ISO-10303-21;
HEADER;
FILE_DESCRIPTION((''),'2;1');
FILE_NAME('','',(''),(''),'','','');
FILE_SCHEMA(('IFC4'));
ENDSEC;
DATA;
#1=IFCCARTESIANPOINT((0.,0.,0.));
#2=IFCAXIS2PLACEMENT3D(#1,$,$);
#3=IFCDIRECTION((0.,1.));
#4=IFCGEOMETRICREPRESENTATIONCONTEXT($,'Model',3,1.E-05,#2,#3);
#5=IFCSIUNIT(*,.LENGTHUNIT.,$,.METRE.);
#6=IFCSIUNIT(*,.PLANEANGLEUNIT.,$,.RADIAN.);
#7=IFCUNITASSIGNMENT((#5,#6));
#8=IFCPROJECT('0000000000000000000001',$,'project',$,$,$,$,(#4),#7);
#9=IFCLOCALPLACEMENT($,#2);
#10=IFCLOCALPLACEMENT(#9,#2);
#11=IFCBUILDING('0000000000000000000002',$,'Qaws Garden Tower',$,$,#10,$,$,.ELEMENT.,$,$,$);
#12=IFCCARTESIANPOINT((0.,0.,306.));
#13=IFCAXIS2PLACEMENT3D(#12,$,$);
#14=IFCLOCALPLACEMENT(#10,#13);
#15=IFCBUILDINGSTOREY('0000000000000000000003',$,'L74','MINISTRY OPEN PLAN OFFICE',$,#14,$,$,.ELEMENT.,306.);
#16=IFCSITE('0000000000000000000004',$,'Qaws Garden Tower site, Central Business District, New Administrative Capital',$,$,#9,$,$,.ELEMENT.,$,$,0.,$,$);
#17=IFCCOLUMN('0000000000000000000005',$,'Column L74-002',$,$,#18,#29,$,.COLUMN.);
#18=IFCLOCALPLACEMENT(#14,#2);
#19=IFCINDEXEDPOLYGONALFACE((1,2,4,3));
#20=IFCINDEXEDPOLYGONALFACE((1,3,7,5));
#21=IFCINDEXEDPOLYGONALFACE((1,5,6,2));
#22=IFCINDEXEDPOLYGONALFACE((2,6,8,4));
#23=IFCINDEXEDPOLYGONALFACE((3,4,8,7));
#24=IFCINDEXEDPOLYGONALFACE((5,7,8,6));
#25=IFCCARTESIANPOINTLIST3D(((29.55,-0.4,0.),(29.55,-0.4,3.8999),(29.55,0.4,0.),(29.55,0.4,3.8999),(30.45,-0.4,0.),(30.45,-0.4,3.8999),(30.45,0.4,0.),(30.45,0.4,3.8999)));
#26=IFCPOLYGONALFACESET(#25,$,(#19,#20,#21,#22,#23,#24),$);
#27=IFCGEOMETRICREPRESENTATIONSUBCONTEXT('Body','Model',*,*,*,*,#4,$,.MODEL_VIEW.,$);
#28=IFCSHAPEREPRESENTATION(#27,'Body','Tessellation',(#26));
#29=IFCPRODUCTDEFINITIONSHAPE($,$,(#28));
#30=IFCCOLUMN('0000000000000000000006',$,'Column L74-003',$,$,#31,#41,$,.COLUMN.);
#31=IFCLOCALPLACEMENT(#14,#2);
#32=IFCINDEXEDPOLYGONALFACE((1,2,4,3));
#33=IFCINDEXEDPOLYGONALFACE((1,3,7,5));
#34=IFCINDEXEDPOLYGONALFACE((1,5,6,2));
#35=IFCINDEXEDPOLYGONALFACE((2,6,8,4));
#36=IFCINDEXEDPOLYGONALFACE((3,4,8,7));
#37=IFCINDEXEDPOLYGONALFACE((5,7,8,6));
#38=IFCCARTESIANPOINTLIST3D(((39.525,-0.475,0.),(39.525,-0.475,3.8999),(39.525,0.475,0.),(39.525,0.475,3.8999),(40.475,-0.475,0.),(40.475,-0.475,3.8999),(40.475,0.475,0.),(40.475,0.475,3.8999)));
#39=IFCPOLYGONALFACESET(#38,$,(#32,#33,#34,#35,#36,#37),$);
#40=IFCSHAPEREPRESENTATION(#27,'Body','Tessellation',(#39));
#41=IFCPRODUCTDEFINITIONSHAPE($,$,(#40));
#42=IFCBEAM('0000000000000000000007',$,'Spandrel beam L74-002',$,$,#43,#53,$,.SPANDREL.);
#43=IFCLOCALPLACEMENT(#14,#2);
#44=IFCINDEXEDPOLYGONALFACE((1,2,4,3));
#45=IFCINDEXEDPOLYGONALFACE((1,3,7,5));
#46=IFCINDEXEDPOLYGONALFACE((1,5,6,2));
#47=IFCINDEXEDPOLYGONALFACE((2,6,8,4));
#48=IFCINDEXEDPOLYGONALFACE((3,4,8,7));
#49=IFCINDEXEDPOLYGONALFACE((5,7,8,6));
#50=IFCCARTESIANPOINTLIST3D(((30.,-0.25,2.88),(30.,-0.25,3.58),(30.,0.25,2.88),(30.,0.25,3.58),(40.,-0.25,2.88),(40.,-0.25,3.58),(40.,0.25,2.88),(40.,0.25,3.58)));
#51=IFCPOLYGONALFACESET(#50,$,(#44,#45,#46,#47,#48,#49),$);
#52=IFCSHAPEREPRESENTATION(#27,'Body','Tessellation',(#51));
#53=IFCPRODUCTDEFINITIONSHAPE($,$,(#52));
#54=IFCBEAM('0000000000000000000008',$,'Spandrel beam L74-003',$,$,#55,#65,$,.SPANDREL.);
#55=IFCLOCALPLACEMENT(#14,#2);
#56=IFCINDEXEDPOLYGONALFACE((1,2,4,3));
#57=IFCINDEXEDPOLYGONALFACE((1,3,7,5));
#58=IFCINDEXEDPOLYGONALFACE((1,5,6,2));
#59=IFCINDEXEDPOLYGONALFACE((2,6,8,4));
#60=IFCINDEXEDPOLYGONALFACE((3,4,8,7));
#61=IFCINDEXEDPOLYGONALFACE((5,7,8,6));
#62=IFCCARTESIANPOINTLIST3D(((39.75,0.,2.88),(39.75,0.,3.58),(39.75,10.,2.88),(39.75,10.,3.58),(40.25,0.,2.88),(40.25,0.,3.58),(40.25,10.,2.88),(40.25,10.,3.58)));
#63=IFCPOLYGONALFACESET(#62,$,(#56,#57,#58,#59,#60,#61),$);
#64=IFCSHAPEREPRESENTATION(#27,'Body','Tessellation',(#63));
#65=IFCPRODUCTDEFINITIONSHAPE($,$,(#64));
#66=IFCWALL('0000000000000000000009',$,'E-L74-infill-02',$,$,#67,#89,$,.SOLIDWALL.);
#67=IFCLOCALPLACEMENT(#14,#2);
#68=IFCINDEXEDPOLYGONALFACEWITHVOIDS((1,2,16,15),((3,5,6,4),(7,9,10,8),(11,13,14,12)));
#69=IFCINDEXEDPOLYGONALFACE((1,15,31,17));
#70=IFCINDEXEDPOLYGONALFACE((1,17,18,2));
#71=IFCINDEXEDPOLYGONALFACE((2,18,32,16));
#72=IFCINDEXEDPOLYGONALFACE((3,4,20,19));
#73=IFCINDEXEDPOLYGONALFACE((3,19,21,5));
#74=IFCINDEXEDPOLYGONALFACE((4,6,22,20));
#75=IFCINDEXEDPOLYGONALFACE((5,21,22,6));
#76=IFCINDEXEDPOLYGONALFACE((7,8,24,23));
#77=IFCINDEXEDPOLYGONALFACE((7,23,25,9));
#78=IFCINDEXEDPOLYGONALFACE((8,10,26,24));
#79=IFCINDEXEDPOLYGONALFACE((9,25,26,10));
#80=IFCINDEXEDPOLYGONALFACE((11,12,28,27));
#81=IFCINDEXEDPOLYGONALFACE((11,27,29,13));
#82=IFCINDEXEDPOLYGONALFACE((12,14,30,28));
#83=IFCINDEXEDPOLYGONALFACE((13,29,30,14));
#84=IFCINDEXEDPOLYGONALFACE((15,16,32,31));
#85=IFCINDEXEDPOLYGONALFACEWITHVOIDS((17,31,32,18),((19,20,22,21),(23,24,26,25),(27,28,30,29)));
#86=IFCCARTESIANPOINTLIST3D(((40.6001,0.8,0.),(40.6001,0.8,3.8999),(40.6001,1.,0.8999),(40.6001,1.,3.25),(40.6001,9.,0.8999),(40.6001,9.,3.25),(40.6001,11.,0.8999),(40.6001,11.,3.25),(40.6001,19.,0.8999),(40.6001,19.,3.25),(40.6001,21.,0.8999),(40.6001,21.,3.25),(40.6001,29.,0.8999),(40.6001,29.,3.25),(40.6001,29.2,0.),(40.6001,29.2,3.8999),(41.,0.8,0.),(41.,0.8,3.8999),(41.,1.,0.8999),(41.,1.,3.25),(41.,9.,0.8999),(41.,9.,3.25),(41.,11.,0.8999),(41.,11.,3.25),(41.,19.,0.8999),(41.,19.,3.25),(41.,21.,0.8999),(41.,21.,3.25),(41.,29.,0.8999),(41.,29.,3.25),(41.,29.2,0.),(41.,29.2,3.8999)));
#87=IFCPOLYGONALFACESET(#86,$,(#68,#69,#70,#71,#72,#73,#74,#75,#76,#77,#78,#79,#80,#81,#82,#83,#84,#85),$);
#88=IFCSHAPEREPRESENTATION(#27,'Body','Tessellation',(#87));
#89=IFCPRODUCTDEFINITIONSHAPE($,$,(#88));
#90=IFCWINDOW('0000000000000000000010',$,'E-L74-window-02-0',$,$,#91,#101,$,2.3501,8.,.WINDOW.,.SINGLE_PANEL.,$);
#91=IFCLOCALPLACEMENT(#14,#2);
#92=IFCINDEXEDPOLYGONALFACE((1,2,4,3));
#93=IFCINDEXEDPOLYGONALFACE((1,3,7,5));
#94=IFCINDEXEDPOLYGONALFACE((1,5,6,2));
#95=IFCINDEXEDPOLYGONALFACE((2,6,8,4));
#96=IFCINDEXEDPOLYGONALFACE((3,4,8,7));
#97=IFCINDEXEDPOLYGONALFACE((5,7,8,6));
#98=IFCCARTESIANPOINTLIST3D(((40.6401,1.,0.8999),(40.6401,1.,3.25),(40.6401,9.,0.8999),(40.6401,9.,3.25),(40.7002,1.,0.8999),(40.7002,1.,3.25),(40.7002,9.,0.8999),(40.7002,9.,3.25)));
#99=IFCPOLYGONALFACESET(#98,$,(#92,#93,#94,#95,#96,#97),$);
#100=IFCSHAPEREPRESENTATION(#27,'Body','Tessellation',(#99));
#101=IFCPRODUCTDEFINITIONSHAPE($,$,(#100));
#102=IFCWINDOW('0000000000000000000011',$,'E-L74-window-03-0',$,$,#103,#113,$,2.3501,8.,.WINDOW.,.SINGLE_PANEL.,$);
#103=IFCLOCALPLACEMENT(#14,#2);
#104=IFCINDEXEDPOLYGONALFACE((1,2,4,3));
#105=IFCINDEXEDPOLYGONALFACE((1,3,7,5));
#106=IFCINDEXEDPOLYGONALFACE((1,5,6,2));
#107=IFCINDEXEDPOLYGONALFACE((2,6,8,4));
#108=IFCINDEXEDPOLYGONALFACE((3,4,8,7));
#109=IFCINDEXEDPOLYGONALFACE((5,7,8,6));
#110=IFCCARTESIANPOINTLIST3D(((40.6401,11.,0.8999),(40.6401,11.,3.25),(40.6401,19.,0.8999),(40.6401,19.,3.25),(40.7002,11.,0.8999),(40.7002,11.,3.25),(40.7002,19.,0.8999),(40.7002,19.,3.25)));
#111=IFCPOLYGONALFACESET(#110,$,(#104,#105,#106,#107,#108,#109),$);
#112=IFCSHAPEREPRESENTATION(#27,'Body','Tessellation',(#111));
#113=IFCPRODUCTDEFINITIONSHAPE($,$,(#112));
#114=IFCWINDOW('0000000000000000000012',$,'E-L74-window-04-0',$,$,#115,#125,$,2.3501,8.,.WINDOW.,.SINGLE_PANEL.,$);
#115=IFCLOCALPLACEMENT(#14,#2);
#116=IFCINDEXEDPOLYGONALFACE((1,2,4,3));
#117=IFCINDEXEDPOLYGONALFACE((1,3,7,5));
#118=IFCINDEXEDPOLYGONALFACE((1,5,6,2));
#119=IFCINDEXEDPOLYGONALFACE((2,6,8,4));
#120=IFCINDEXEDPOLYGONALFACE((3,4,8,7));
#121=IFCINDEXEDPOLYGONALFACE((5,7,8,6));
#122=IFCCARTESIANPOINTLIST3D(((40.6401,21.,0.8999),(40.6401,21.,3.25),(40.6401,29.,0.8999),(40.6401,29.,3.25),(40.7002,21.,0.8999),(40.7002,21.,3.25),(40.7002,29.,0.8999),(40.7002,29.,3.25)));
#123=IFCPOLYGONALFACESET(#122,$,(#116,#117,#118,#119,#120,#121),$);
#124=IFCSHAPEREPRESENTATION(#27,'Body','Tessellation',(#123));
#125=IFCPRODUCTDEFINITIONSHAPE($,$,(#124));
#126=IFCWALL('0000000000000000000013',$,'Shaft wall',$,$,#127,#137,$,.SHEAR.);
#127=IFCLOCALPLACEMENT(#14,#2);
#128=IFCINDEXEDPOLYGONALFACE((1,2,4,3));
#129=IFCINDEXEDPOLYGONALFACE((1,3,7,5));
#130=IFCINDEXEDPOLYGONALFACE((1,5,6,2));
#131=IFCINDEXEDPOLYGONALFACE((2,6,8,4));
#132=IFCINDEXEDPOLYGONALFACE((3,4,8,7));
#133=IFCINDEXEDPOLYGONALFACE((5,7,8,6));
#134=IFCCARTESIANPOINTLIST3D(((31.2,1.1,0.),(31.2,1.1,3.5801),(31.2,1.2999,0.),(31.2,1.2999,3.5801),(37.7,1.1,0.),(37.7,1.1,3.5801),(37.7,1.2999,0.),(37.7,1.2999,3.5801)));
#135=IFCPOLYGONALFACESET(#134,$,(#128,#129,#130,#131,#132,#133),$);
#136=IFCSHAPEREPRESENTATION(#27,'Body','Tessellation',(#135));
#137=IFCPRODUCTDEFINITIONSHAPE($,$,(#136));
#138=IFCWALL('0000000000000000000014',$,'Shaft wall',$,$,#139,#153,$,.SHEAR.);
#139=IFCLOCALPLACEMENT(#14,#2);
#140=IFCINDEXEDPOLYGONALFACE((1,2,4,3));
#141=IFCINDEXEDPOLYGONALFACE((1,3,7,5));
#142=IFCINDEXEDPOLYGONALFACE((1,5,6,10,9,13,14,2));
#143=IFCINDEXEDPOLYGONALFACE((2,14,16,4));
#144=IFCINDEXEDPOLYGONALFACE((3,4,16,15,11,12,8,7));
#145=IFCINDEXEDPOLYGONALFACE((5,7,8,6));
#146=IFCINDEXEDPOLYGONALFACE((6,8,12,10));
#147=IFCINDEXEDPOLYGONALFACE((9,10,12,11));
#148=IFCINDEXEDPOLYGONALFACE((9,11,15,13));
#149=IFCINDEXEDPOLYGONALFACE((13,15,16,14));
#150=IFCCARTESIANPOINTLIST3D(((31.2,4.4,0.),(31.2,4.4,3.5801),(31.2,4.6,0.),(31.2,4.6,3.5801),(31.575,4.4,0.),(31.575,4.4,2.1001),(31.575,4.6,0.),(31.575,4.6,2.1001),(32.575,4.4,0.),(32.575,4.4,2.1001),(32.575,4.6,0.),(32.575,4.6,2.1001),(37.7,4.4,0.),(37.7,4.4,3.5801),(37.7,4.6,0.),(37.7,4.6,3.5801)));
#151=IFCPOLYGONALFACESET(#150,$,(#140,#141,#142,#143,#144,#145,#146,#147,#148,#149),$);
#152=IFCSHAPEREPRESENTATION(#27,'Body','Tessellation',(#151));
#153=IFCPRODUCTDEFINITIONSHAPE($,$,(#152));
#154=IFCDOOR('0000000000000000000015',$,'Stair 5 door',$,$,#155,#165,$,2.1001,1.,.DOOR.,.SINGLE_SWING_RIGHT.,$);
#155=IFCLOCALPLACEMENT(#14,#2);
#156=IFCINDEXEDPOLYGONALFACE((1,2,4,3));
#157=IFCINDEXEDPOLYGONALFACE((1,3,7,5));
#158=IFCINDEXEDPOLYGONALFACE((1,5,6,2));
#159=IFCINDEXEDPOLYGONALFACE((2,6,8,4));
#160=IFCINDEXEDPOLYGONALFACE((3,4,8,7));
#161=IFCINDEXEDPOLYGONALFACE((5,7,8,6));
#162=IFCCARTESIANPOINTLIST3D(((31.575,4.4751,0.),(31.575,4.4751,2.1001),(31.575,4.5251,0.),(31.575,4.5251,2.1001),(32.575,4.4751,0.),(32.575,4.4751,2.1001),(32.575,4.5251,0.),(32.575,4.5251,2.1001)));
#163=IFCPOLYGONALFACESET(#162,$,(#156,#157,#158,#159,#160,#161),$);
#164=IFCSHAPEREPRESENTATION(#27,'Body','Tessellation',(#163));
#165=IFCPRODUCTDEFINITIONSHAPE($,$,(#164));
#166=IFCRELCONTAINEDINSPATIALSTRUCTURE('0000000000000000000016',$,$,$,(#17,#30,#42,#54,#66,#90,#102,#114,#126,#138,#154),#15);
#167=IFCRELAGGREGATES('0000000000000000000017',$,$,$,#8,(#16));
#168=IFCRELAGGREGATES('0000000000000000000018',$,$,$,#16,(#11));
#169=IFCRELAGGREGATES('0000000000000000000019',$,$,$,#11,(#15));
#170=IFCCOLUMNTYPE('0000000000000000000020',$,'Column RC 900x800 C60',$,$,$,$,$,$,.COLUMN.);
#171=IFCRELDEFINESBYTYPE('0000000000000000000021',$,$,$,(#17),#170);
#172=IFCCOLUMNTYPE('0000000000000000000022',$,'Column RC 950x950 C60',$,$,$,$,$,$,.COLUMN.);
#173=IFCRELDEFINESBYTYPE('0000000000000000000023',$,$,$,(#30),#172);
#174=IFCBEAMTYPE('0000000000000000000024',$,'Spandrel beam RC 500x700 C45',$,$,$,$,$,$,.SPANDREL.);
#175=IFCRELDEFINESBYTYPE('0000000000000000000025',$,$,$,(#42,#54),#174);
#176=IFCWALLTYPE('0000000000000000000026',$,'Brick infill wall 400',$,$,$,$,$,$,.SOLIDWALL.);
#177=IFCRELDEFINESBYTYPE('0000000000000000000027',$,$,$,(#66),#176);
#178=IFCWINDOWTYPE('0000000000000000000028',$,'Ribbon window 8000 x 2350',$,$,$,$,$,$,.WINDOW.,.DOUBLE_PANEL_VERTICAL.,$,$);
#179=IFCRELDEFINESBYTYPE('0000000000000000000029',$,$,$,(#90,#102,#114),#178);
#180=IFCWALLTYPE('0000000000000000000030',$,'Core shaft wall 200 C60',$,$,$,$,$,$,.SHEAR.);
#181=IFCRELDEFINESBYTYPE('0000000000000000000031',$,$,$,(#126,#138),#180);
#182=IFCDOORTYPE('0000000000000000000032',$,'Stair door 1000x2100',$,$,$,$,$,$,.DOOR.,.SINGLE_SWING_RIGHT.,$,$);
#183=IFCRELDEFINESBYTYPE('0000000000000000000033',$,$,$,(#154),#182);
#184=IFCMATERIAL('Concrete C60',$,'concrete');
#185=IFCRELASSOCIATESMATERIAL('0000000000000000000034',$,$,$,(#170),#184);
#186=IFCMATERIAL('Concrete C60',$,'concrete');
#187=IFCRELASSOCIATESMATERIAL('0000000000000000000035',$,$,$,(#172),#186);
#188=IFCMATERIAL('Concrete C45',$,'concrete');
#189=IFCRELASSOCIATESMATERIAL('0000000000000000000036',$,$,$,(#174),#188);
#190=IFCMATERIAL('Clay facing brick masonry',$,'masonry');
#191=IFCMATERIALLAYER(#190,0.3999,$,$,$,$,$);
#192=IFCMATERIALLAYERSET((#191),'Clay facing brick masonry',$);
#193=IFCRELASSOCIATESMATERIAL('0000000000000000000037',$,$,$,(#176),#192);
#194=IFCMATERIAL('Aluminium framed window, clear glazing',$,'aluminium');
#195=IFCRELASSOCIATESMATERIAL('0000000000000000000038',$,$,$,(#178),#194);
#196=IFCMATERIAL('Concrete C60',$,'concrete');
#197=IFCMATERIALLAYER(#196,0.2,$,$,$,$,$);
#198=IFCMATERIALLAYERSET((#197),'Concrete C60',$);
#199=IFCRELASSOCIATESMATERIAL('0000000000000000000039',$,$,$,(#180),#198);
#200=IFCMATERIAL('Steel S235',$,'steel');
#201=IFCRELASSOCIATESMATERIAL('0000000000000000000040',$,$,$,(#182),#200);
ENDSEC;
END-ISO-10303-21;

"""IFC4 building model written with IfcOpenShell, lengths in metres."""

from ifc_helpers import new_model, si_unit, direction, frame, frame_2d, origin, origin_2d, place, context, subcontext, project, spatial, rectangle, extrude, material, layer, layer_set, material_profile, profile_set, type_object, element, fill, save


model = new_model("IFC4")

# Units and contexts
model_context = context("Model", 3, precision=1e-05, world=origin(), true_north=direction((0.0, 1.0)))
body_context = subcontext(model_context, "Body", "Model", "MODEL_VIEW")
ifc_project = project(units=[si_unit("LENGTHUNIT", "METRE"), si_unit("PLANEANGLEUNIT", "RADIAN")], contexts=[model_context])

# Site, building, storey
site_placement = place(None, origin())
site = spatial("IfcSite", under=ifc_project, at=site_placement, Name="Qaws Garden Tower site, Central Business District, New Administrative Capital", CompositionType="ELEMENT", RefElevation=0.0)
building_placement = place(site_placement, origin())
building = spatial("IfcBuilding", under=site, at=building_placement, Name="Qaws Garden Tower", CompositionType="ELEMENT")
storey_placement = place(building_placement, frame((0.0, 0.0, 306.0)))
storey = spatial("IfcBuildingStorey", under=building, at=storey_placement, Name="L74", Description="MINISTRY OPEN PLAN OFFICE", CompositionType="ELEMENT", Elevation=306.0)

# Columns
ifc_material_1 = material(Name="Concrete C60", Category="concrete")
ifc_material_profile_1 = material_profile(ifc_material_1, rectangle(XDim=0.8999, YDim=0.8, at=origin_2d()), Name="RC 900x800")
ifc_profile_set_1 = profile_set([ifc_material_profile_1], Name="Concrete C60")
column_type_1 = type_object("IfcColumnType", Name="Column RC 900x800 C60", PredefinedType="COLUMN", material=ifc_profile_set_1)
column_1_placement = place(storey_placement, frame((30.0, 0.0, 0.0), z_axis=(0.0, 0.0, 1.0), x_axis=(1.0, 0.0, 0.0)))
element("IfcColumn", 1, at=column_1_placement, inside=storey, type_object=column_type_1, Name="Column L74-002", PredefinedType="COLUMN", context=body_context, shape_type="SweptSolid", body=[
    extrude(rectangle(XDim=0.8999, YDim=0.8, at=origin_2d()), origin(), (0.0, 0.0, 1.0), 3.8999),
])
ifc_material_2 = material(Name="Concrete C60", Category="concrete")
ifc_material_profile_2 = material_profile(ifc_material_2, rectangle(XDim=0.95, YDim=0.95, at=origin_2d()), Name="RC 950x950")
ifc_profile_set_2 = profile_set([ifc_material_profile_2], Name="Concrete C60")
column_type_2 = type_object("IfcColumnType", Name="Column RC 950x950 C60", PredefinedType="COLUMN", material=ifc_profile_set_2)
column_2_placement = place(storey_placement, frame((40.0, 0.0, 0.0), z_axis=(0.0, 0.0, 1.0), x_axis=(1.0, 0.0, 0.0)))
element("IfcColumn", 2, at=column_2_placement, inside=storey, type_object=column_type_2, Name="Column L74-003", PredefinedType="COLUMN", context=body_context, shape_type="SweptSolid", body=[
    extrude(rectangle(XDim=0.95, YDim=0.95, at=origin_2d()), origin(), (0.0, 0.0, 1.0), 3.8999),
])

# Beams
ifc_material_3 = material(Name="Concrete C45", Category="concrete")
ifc_material_profile_3 = material_profile(ifc_material_3, rectangle(XDim=0.5, YDim=0.7, at=origin_2d()), Name="RC 500x700")
ifc_profile_set_3 = profile_set([ifc_material_profile_3], Name="Concrete C45")
beam_type = type_object("IfcBeamType", Name="Spandrel beam RC 500x700 C45", PredefinedType="SPANDREL", material=ifc_profile_set_3)
for number, where, z_axis, x_axis, name in (
    (3, (30.0, 0.0, 3.23), (1.0, 0.0, 0.0), (0.0, 1.0, 0.0), "Spandrel beam L74-002"),
    (4, (40.0, 0.0, 3.23), (0.0, 1.0, 0.0), (-1.0, 0.0, 0.0), "Spandrel beam L74-003"),
):
    element("IfcBeam", number, at=place(storey_placement, frame(where, z_axis=z_axis, x_axis=x_axis)), inside=storey, type_object=beam_type, Name=name, PredefinedType="SPANDREL", context=body_context, shape_type="SweptSolid", body=[
        extrude(rectangle(XDim=0.5, YDim=0.7, at=origin_2d()), origin(), (0.0, 0.0, 1.0), 10.0),
    ])

# Wall, openings, windows
ifc_material_4 = material(Name="Clay facing brick masonry", Category="masonry")
ifc_layer_1 = layer(ifc_material_4, 0.3999)
ifc_layer_set_1 = layer_set([ifc_layer_1], Name="Clay facing brick masonry")
wall_type_1 = type_object("IfcWallType", Name="Brick infill wall 400", PredefinedType="SOLIDWALL", material=ifc_layer_set_1)
wall_1_placement = place(storey_placement, frame((40.8, 0.8, 0.0), z_axis=(0.0, 0.0, 1.0), x_axis=(0.0, 1.0, 0.0)))
wall_1 = element("IfcWall", 5, at=wall_1_placement, inside=storey, type_object=wall_type_1, Name="E-L74-infill-02", PredefinedType="SOLIDWALL", context=body_context, shape_type="SweptSolid", body=[
    extrude(rectangle(XDim=28.3999, YDim=0.3999, at=frame_2d((14.2, 0.0))), origin(), (0.0, 0.0, 1.0), 3.8999),
])
opening_1_placement = place(wall_1_placement, frame((0.2, 0.0, 0.8999)))
opening_1 = element("IfcOpeningElement", 6, at=opening_1_placement, cuts=wall_1, PredefinedType="OPENING", context=body_context, shape_type="SweptSolid", body=[
    extrude(rectangle(XDim=8.0, YDim=2.3501, at=frame_2d((4.0, 1.175))), frame((0.0, 0.21, 0.0), z_axis=(0.0, -1.0, 0.0), x_axis=(1.0, 0.0, 0.0)), (0.0, 0.0, 1.0), 0.4199),
])
opening_2_placement = place(wall_1_placement, frame((10.2, 0.0, 0.8999)))
opening_2 = element("IfcOpeningElement", 7, at=opening_2_placement, cuts=wall_1, PredefinedType="OPENING", context=body_context, shape_type="SweptSolid", body=[
    extrude(rectangle(XDim=8.0, YDim=2.3501, at=frame_2d((4.0, 1.175))), frame((0.0, 0.21, 0.0), z_axis=(0.0, -1.0, 0.0), x_axis=(1.0, 0.0, 0.0)), (0.0, 0.0, 1.0), 0.4199),
])
opening_3_placement = place(wall_1_placement, frame((20.2, 0.0, 0.8999)))
opening_3 = element("IfcOpeningElement", 8, at=opening_3_placement, cuts=wall_1, PredefinedType="OPENING", context=body_context, shape_type="SweptSolid", body=[
    extrude(rectangle(XDim=8.0, YDim=2.3501, at=frame_2d((4.0, 1.175))), frame((0.0, 0.21, 0.0), z_axis=(0.0, -1.0, 0.0), x_axis=(1.0, 0.0, 0.0)), (0.0, 0.0, 1.0), 0.4199),
])
ifc_material_5 = material(Name="Aluminium framed window, clear glazing", Category="aluminium")
window_type = type_object("IfcWindowType", Name="Ribbon window 8000 x 2350", PartitioningType="DOUBLE_PANEL_VERTICAL", PredefinedType="WINDOW", material=ifc_material_5)
window_1_placement = place(opening_1_placement, origin())
window_1 = element("IfcWindow", 9, at=window_1_placement, inside=storey, type_object=window_type, Name="E-L74-window-02-0", OverallHeight=2.3501, OverallWidth=8.0, PartitioningType="SINGLE_PANEL", PredefinedType="WINDOW", context=body_context, shape_type="SweptSolid", body=[
    extrude(rectangle(XDim=8.0, YDim=2.3501, at=frame_2d((4.0, 1.175))), frame((0.0, 0.1599, 0.0), z_axis=(0.0, -1.0, 0.0), x_axis=(1.0, 0.0, 0.0)), (0.0, 0.0, 1.0), 0.0601),
])
fill(opening_1, window_1)
window_2_placement = place(opening_2_placement, origin())
window_2 = element("IfcWindow", 10, at=window_2_placement, inside=storey, type_object=window_type, Name="E-L74-window-03-0", OverallHeight=2.3501, OverallWidth=8.0, PartitioningType="SINGLE_PANEL", PredefinedType="WINDOW", context=body_context, shape_type="SweptSolid", body=[
    extrude(rectangle(XDim=8.0, YDim=2.3501, at=frame_2d((4.0, 1.175))), frame((0.0, 0.1599, 0.0), z_axis=(0.0, -1.0, 0.0), x_axis=(1.0, 0.0, 0.0)), (0.0, 0.0, 1.0), 0.0601),
])
fill(opening_2, window_2)
window_3_placement = place(opening_3_placement, origin())
window_3 = element("IfcWindow", 11, at=window_3_placement, inside=storey, type_object=window_type, Name="E-L74-window-04-0", OverallHeight=2.3501, OverallWidth=8.0, PartitioningType="SINGLE_PANEL", PredefinedType="WINDOW", context=body_context, shape_type="SweptSolid", body=[
    extrude(rectangle(XDim=8.0, YDim=2.3501, at=frame_2d((4.0, 1.175))), frame((0.0, 0.1599, 0.0), z_axis=(0.0, -1.0, 0.0), x_axis=(1.0, 0.0, 0.0)), (0.0, 0.0, 1.0), 0.0601),
])
fill(opening_3, window_3)

# Wall
ifc_material_6 = material(Name="Concrete C60", Category="concrete")
ifc_layer_2 = layer(ifc_material_6, 0.2)
ifc_layer_set_2 = layer_set([ifc_layer_2], Name="Concrete C60")
wall_type_2 = type_object("IfcWallType", Name="Core shaft wall 200 C60", PredefinedType="SHEAR", material=ifc_layer_set_2)
wall_2_placement = place(storey_placement, frame((31.2, 1.2, 0.0), z_axis=(0.0, 0.0, 1.0), x_axis=(1.0, 0.0, 0.0)))
element("IfcWall", 12, at=wall_2_placement, inside=storey, type_object=wall_type_2, Name="Shaft wall", PredefinedType="SHEAR", context=body_context, shape_type="SweptSolid", body=[
    extrude(rectangle(XDim=6.5, YDim=0.2, at=frame_2d((3.25, 0.0))), origin(), (0.0, 0.0, 1.0), 3.5801),
])

# Wall, opening, door
wall_3_placement = place(storey_placement, frame((31.2, 4.5, 0.0), z_axis=(0.0, 0.0, 1.0), x_axis=(1.0, 0.0, 0.0)))
wall_3 = element("IfcWall", 13, at=wall_3_placement, inside=storey, type_object=wall_type_2, Name="Shaft wall", PredefinedType="SHEAR", context=body_context, shape_type="SweptSolid", body=[
    extrude(rectangle(XDim=6.5, YDim=0.2, at=frame_2d((3.25, 0.0))), origin(), (0.0, 0.0, 1.0), 3.5801),
])
opening_4_placement = place(wall_3_placement, frame((0.375, 0.0, 0.0)))
opening_4 = element("IfcOpeningElement", 14, at=opening_4_placement, cuts=wall_3, PredefinedType="OPENING", context=body_context, shape_type="SweptSolid", body=[
    extrude(rectangle(XDim=1.0, YDim=2.1001, at=frame_2d((0.5, 1.05))), frame((0.0, 0.1099, 0.0), z_axis=(0.0, -1.0, 0.0), x_axis=(1.0, 0.0, 0.0)), (0.0, 0.0, 1.0), 0.22),
])
ifc_material_7 = material(Name="Steel S235", Category="steel")
door_type = type_object("IfcDoorType", Name="Stair door 1000x2100", OperationType="SINGLE_SWING_RIGHT", PredefinedType="DOOR", material=ifc_material_7)
door_placement = place(opening_4_placement, frame((1.0, 0.0, 0.0), z_axis=(0.0, 0.0, 1.0), x_axis=(-1.0, 0.0, 0.0)))
door = element("IfcDoor", 15, at=door_placement, inside=storey, type_object=door_type, Name="Stair 5 door", OperationType="SINGLE_SWING_RIGHT", OverallHeight=2.1001, OverallWidth=1.0, PredefinedType="DOOR", context=body_context, shape_type="SweptSolid", body=[
    extrude(rectangle(XDim=1.0, YDim=2.1001, at=frame_2d((0.5, 1.05))), frame((0.0, 0.0249, 0.0), z_axis=(0.0, -1.0, 0.0), x_axis=(1.0, 0.0, 0.0)), (0.0, 0.0, 1.0), 0.05),
])
fill(opening_4, door)

save(model, "model.ifc")
